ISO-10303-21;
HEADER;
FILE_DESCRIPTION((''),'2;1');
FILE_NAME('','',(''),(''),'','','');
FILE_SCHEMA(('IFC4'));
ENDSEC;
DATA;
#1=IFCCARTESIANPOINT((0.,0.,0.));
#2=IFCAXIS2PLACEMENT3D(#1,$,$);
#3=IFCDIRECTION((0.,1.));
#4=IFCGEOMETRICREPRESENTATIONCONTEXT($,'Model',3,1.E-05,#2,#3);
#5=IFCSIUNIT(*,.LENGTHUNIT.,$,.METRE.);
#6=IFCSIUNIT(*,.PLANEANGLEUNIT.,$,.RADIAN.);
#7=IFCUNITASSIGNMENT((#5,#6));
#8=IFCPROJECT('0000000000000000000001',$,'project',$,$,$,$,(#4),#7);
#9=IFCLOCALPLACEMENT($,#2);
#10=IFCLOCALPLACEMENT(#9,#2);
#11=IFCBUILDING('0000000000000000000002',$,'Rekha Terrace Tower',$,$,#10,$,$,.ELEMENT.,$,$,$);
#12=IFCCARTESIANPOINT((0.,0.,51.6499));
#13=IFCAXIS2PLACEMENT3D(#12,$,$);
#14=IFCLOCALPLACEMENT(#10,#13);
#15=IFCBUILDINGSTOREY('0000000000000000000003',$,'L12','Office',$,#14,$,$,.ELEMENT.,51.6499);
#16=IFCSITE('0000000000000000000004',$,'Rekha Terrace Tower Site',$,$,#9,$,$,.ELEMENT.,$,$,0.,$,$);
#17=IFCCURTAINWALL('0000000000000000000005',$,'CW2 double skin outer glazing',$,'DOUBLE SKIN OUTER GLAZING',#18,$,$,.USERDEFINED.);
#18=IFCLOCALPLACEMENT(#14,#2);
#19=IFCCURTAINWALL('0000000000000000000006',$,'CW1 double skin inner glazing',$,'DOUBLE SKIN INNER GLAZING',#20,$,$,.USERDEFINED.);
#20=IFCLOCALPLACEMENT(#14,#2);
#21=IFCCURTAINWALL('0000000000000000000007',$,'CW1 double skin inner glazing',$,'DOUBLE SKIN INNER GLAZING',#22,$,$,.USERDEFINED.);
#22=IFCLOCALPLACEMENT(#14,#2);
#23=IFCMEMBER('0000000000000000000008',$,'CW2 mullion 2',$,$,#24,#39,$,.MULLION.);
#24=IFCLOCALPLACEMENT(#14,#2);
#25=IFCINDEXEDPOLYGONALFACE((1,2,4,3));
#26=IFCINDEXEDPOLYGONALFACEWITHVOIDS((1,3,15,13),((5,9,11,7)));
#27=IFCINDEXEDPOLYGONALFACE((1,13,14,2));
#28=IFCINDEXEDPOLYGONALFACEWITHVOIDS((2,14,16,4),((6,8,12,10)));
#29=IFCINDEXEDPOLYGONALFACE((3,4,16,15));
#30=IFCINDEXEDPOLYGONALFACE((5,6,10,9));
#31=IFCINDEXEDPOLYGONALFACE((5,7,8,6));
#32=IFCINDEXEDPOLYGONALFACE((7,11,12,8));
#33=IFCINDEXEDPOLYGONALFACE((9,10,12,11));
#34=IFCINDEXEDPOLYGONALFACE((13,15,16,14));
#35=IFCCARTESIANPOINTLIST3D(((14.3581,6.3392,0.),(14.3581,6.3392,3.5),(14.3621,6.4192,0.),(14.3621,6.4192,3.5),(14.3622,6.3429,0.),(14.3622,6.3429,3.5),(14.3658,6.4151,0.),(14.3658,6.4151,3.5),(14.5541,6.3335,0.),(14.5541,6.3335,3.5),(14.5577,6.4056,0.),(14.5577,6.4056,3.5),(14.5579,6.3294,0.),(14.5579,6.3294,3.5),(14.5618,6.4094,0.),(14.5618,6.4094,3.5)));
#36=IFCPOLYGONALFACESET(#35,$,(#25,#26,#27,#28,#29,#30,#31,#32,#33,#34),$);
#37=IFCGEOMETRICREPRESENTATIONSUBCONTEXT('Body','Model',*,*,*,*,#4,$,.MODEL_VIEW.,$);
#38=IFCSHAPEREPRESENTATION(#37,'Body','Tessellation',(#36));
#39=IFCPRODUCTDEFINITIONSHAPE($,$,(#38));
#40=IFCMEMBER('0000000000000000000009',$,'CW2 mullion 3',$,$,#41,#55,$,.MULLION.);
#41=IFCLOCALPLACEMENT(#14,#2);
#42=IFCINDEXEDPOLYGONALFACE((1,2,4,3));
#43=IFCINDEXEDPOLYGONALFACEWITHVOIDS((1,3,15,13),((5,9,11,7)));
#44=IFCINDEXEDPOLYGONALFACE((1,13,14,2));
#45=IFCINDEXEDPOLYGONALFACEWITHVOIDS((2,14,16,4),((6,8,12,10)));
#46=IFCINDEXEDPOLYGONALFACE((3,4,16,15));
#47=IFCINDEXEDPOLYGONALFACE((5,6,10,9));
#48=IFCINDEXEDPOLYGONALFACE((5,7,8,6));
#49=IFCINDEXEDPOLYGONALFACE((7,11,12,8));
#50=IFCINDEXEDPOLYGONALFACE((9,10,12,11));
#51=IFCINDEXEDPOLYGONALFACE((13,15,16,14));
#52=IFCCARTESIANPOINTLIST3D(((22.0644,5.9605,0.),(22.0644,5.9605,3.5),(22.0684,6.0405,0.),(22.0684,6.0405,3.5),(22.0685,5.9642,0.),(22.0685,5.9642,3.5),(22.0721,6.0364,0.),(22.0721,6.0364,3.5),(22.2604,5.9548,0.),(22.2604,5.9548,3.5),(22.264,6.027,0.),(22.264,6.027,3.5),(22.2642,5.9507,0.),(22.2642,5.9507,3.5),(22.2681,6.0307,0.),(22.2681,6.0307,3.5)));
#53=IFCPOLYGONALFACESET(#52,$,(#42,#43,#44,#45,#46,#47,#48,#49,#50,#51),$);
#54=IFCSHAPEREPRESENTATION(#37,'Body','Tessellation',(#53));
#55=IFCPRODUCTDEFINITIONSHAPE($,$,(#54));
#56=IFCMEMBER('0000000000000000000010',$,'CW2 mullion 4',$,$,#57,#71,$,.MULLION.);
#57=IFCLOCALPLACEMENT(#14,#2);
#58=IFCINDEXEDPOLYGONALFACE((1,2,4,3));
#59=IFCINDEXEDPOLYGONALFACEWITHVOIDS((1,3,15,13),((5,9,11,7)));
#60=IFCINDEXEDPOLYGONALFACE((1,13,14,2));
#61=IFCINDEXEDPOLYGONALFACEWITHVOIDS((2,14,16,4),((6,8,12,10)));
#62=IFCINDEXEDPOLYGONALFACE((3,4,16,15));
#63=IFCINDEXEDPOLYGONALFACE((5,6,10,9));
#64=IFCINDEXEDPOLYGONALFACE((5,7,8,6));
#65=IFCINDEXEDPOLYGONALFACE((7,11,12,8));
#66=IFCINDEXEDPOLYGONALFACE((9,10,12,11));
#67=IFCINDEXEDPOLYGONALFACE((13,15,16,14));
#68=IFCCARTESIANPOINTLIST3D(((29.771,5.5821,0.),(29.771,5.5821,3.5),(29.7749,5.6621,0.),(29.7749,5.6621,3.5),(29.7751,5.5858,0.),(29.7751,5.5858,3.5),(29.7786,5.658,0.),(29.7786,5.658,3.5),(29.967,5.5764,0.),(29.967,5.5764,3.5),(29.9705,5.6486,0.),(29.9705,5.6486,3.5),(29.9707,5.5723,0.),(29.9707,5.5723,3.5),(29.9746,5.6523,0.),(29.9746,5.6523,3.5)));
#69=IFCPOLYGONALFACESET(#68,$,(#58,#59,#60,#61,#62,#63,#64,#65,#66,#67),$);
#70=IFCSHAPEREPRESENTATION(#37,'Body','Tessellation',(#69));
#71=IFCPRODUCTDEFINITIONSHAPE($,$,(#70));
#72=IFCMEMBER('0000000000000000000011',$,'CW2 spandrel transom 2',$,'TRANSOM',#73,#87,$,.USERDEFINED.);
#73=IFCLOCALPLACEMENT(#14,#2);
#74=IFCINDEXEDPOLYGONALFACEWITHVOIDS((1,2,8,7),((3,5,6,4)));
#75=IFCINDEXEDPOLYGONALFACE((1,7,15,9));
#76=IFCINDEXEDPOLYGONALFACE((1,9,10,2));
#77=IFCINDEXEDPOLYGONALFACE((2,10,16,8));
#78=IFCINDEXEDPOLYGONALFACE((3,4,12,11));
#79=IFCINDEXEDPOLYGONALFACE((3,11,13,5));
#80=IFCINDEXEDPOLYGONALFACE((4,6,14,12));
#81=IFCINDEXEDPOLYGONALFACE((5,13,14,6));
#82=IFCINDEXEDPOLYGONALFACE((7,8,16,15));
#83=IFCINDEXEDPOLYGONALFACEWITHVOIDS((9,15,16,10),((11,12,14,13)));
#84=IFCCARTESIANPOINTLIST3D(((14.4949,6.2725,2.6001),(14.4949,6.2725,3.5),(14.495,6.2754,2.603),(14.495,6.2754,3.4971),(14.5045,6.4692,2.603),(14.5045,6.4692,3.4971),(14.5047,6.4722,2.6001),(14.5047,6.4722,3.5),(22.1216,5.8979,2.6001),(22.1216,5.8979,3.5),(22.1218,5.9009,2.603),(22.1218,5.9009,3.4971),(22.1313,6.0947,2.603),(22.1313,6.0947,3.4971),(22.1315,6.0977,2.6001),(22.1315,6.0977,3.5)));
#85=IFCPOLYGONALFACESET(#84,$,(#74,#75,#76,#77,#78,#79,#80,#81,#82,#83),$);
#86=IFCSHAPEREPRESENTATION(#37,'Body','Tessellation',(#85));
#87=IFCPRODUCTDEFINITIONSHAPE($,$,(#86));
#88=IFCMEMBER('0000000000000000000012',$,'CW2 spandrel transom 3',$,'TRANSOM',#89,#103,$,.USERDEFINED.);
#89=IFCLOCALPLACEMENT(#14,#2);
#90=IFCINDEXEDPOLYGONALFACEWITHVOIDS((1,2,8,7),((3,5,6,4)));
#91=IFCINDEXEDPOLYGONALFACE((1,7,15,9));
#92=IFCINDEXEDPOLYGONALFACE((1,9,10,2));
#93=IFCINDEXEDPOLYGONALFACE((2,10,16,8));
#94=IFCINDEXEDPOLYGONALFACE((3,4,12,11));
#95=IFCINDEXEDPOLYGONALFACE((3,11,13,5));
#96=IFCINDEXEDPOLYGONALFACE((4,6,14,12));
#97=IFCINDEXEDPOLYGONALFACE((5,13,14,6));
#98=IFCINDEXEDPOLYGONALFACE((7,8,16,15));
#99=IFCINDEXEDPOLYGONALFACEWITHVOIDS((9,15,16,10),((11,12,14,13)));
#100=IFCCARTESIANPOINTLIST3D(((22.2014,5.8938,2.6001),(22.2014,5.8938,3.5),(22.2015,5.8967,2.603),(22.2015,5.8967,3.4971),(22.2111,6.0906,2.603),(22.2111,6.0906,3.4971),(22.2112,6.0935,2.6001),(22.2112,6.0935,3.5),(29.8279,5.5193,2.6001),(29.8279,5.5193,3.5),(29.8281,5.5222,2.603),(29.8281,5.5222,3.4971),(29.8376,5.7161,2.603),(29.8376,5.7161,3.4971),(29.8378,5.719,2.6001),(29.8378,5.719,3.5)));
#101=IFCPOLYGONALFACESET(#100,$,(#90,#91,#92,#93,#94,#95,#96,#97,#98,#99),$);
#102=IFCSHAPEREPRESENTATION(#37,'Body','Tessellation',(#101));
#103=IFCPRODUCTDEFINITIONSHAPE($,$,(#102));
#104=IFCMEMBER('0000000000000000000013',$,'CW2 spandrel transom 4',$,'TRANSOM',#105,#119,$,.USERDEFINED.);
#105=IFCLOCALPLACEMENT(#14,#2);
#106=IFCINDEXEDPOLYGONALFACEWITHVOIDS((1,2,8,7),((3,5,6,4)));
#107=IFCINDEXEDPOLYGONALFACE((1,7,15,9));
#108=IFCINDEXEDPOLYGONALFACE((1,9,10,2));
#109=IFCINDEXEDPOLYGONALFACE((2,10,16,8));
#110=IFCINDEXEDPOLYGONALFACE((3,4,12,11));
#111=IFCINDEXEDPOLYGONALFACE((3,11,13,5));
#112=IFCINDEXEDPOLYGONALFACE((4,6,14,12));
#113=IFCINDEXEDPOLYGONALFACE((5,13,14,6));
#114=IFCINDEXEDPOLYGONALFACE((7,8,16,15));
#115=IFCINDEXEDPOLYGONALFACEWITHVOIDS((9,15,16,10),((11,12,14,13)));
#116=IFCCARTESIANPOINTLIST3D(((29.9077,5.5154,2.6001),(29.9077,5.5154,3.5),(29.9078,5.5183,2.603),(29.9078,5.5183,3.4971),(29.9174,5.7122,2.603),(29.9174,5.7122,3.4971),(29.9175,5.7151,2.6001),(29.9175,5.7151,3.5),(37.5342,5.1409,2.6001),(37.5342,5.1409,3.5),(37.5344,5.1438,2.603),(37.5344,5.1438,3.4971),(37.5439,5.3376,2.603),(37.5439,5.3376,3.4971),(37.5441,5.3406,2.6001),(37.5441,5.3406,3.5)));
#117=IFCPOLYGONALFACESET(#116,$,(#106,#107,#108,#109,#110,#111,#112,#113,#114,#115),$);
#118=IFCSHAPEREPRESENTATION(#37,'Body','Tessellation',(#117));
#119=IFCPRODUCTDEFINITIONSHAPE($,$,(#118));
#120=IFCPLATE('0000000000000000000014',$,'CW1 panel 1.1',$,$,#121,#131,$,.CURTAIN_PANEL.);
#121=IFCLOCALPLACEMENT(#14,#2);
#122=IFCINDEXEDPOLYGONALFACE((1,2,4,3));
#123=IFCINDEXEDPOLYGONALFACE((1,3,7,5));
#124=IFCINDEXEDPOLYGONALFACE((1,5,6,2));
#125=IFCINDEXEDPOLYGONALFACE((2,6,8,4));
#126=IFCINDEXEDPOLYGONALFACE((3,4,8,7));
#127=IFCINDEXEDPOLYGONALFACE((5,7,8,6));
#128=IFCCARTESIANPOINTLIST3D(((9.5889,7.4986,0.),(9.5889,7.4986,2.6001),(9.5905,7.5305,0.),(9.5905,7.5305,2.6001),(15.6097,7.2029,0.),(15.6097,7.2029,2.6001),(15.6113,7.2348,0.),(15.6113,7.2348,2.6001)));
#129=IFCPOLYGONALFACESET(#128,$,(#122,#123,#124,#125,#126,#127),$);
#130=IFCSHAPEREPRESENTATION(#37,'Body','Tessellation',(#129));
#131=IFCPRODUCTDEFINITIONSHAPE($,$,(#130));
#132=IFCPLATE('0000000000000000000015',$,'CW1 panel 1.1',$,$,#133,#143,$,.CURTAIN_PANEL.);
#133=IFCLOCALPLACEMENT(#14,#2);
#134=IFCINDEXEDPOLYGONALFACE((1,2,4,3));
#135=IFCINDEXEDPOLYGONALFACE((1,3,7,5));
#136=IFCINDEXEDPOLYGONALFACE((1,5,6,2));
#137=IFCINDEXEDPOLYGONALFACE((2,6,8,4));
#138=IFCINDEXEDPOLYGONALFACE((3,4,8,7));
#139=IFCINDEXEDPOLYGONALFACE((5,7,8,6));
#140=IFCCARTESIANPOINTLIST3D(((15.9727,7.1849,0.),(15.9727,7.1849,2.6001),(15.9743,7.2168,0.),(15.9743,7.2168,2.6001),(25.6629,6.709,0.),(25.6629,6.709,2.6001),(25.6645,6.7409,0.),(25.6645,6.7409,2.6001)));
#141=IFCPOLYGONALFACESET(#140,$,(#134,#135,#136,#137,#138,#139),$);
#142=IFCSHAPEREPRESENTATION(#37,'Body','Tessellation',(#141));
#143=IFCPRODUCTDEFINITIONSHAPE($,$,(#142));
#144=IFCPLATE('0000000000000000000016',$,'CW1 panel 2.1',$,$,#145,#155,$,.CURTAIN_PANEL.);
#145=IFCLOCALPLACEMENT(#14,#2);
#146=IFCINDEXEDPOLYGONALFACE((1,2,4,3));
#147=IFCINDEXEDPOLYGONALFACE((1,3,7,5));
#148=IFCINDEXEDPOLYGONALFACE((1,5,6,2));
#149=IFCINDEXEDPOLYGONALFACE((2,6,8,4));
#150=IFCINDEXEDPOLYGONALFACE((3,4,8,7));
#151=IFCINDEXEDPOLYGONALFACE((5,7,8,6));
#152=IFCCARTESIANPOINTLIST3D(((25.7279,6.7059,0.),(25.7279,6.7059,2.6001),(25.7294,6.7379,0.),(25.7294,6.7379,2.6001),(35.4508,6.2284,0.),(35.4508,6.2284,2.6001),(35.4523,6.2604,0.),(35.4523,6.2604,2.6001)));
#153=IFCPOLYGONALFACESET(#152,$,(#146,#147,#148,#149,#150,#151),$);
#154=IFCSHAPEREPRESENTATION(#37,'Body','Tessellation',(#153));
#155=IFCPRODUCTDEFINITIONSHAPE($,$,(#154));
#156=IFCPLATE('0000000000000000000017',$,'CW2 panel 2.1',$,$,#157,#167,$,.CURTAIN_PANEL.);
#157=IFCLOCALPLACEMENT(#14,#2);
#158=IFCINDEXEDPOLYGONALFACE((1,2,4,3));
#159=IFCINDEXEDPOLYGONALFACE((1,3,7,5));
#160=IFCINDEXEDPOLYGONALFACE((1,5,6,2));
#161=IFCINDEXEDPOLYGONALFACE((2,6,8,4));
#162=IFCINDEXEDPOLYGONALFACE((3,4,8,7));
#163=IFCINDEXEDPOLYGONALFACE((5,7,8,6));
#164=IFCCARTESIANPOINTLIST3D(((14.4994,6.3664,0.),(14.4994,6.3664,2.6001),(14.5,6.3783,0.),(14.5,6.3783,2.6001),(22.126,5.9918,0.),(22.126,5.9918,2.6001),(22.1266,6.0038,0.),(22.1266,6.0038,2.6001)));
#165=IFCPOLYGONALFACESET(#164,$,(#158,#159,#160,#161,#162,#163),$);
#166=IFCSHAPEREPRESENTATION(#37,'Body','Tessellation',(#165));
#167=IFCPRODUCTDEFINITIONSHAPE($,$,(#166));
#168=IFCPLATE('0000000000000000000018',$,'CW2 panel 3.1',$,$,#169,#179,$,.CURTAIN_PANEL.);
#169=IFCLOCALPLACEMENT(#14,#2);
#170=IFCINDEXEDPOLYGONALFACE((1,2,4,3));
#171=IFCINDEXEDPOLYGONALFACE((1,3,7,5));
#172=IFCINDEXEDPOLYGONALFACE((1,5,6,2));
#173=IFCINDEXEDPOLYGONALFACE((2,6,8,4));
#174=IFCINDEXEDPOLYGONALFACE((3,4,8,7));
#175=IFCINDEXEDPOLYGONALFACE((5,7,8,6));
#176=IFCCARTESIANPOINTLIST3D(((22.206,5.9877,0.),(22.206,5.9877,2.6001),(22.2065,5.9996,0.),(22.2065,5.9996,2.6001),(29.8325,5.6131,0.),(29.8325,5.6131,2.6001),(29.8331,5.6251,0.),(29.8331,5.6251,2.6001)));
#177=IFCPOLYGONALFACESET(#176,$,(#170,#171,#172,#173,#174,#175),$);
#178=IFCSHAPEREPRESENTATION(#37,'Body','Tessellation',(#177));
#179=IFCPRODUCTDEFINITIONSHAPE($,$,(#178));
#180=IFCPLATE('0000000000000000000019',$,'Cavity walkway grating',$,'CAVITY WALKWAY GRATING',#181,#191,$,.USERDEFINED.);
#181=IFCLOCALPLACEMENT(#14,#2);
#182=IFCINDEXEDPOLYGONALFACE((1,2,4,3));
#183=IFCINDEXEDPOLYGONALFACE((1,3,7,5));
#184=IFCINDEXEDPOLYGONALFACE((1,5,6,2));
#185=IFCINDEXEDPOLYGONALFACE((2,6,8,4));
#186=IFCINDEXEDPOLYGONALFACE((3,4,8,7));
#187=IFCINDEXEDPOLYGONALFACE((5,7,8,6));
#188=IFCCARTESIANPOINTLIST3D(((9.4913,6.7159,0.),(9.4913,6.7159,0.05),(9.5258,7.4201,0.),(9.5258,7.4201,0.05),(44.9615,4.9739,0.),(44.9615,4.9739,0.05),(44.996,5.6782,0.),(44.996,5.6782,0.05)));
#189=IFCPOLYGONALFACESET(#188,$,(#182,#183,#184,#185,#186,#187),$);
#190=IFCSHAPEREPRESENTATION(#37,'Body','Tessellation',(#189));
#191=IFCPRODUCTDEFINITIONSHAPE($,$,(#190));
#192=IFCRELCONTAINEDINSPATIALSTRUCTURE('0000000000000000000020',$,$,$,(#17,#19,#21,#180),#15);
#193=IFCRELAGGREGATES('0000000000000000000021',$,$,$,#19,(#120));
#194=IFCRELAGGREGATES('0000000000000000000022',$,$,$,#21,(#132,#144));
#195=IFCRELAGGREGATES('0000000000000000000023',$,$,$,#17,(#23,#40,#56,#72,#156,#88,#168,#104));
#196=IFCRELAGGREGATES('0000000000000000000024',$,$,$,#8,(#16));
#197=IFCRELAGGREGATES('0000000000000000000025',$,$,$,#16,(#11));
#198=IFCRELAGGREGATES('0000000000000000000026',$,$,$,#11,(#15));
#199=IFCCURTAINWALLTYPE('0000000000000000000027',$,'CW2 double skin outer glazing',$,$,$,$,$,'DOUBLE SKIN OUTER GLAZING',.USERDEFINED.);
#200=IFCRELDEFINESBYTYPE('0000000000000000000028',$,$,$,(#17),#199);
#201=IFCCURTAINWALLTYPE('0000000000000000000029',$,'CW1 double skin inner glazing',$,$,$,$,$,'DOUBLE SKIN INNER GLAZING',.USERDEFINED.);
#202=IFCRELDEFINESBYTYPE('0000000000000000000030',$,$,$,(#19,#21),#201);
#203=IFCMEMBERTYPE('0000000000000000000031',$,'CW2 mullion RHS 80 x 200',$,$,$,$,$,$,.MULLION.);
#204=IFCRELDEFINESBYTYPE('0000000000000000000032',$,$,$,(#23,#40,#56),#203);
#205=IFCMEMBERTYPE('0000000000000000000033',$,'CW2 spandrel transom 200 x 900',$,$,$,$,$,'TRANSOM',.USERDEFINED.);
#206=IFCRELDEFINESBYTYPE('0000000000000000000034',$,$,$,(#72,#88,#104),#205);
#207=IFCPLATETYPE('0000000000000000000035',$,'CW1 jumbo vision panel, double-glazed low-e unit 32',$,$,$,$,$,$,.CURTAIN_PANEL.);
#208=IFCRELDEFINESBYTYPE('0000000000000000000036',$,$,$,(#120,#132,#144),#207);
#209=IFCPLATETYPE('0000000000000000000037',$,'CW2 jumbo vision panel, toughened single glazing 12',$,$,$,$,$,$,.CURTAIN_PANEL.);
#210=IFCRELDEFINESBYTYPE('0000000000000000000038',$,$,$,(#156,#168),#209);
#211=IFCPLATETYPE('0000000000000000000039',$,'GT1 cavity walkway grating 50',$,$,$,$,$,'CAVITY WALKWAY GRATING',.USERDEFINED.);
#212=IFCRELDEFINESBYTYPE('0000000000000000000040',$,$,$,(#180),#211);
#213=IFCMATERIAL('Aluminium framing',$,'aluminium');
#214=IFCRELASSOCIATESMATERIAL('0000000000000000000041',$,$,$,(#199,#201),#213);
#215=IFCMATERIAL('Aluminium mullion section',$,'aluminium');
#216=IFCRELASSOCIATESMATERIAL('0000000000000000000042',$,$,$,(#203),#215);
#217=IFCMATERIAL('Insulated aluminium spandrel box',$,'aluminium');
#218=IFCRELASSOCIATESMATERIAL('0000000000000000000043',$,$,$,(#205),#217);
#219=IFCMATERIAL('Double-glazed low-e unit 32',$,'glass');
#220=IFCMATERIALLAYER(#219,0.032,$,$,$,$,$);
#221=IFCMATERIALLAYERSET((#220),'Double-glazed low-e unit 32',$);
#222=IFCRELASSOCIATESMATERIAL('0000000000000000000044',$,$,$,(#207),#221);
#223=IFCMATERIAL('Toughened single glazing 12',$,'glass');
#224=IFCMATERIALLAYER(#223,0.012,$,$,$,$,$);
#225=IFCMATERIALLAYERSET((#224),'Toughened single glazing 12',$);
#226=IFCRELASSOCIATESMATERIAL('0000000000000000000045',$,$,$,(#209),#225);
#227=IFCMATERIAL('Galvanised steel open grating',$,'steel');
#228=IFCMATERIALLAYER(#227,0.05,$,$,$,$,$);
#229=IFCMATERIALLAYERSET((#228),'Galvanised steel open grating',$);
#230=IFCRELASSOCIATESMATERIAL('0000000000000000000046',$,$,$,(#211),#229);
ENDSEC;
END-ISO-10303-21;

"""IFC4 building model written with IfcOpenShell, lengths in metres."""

from ifc_helpers import new_model, si_unit, direction, frame, origin, origin_2d, place, context, subcontext, project, spatial, rectangle, hollow_rectangle, extrude, material, layer, layer_set, material_profile, profile_set, type_object, element, aggregate, save


model = new_model("IFC4")

# Units and contexts
model_context = context("Model", 3, precision=1e-05, world=origin(), true_north=direction((0.0, 1.0)))
body_context = subcontext(model_context, "Body", "Model", "MODEL_VIEW")
ifc_project = project(units=[si_unit("LENGTHUNIT", "METRE"), si_unit("PLANEANGLEUNIT", "RADIAN")], contexts=[model_context])

# Site, building, storey
site_placement = place(None, origin())
site = spatial("IfcSite", under=ifc_project, at=site_placement, Name="Rekha Terrace Tower Site", CompositionType="ELEMENT", RefElevation=0.0)
building_placement = place(site_placement, origin())
building = spatial("IfcBuilding", under=site, at=building_placement, Name="Rekha Terrace Tower", CompositionType="ELEMENT")
storey_placement = place(building_placement, frame((0.0, 0.0, 51.6499)))
storey = spatial("IfcBuildingStorey", under=building, at=storey_placement, Name="L12", Description="Office", CompositionType="ELEMENT", Elevation=51.6499)

# Curtain wall
ifc_material_1 = material(Name="Aluminium framing", Category="aluminium")
curtain_wall_type_1 = type_object("IfcCurtainWallType", Name="CW2 double skin outer glazing", ElementType="DOUBLE SKIN OUTER GLAZING", PredefinedType="USERDEFINED", material=ifc_material_1)
curtain_wall_1_placement = place(storey_placement, origin())
curtain_wall_1 = element("IfcCurtainWall", 1, at=curtain_wall_1_placement, inside=storey, type_object=curtain_wall_type_1, Name="CW2 double skin outer glazing", ObjectType="DOUBLE SKIN OUTER GLAZING", PredefinedType="USERDEFINED")

# Curtain wall
curtain_wall_type_2 = type_object("IfcCurtainWallType", Name="CW1 double skin inner glazing", ElementType="DOUBLE SKIN INNER GLAZING", PredefinedType="USERDEFINED", material=ifc_material_1)
curtain_wall_2_placement = place(storey_placement, origin())
curtain_wall_2 = element("IfcCurtainWall", 2, at=curtain_wall_2_placement, inside=storey, type_object=curtain_wall_type_2, Name="CW1 double skin inner glazing", ObjectType="DOUBLE SKIN INNER GLAZING", PredefinedType="USERDEFINED")
ifc_material_2 = material(Name="Aluminium mullion section", Category="aluminium")

# Curtain wall
curtain_wall_3_placement = place(storey_placement, origin())
curtain_wall_3 = element("IfcCurtainWall", 3, at=curtain_wall_3_placement, inside=storey, type_object=curtain_wall_type_2, Name="CW1 double skin inner glazing", ObjectType="DOUBLE SKIN INNER GLAZING", PredefinedType="USERDEFINED")
ifc_material_3 = material(Name="Insulated aluminium spandrel box", Category="aluminium")

# Members
ifc_material_profile_1 = material_profile(ifc_material_2, hollow_rectangle(XDim=0.0801, YDim=0.2, WallThickness=0.0039, at=origin_2d()), Name="AL RHS 80x200")
ifc_profile_set_1 = profile_set([ifc_material_profile_1], Name="Aluminium mullion section")
member_type_1 = type_object("IfcMemberType", Name="CW2 mullion RHS 80 x 200", PredefinedType="MULLION", material=ifc_profile_set_1)
member_1_placement = place(storey_placement, frame((14.46, 6.3743, 0.0), z_axis=(0.0, 0.0, 1.0), x_axis=(0.049052, 0.998796, 0.0)))
member_1 = element("IfcMember", 4, at=member_1_placement, type_object=member_type_1, Name="CW2 mullion 2", PredefinedType="MULLION", context=body_context, shape_type="SweptSolid", body=[
    extrude(hollow_rectangle(XDim=0.0801, YDim=0.2, WallThickness=0.0039, at=origin_2d()), origin(), (0.0, 0.0, 1.0), 3.5),
])
member_2_placement = place(storey_placement, frame((22.1663, 5.9956, 0.0), z_axis=(0.0, 0.0, 1.0), x_axis=(0.049052, 0.998796, 0.0)))
member_2 = element("IfcMember", 5, at=member_2_placement, type_object=member_type_1, Name="CW2 mullion 3", PredefinedType="MULLION", context=body_context, shape_type="SweptSolid", body=[
    extrude(hollow_rectangle(XDim=0.0801, YDim=0.2, WallThickness=0.0039, at=origin_2d()), origin(), (0.0, 0.0, 1.0), 3.5),
])
member_3_placement = place(storey_placement, frame((29.8728, 5.6172, 0.0), z_axis=(0.0, 0.0, 1.0), x_axis=(0.049052, 0.998796, 0.0)))
member_3 = element("IfcMember", 6, at=member_3_placement, type_object=member_type_1, Name="CW2 mullion 4", PredefinedType="MULLION", context=body_context, shape_type="SweptSolid", body=[
    extrude(hollow_rectangle(XDim=0.0801, YDim=0.2, WallThickness=0.0039, at=origin_2d()), origin(), (0.0, 0.0, 1.0), 3.5),
])
ifc_material_profile_2 = material_profile(ifc_material_3, hollow_rectangle(XDim=0.2, YDim=0.8999, WallThickness=0.0029, at=origin_2d()), Name="AL SPANDREL BOX 200x900")
ifc_profile_set_2 = profile_set([ifc_material_profile_2], Name="Insulated aluminium spandrel box")
member_type_2 = type_object("IfcMemberType", Name="CW2 spandrel transom 200 x 900", ElementType="TRANSOM", PredefinedType="USERDEFINED", material=ifc_profile_set_2)
member_4_placement = place(storey_placement, frame((14.4998, 6.3723, 3.05), z_axis=(0.998797, -0.049046, 0.0), x_axis=(0.049046, 0.998797, 0.0)))
member_4 = element("IfcMember", 7, at=member_4_placement, type_object=member_type_2, Name="CW2 spandrel transom 2", ObjectType="TRANSOM", PredefinedType="USERDEFINED", context=body_context, shape_type="SweptSolid", body=[
    extrude(hollow_rectangle(XDim=0.2, YDim=0.8999, WallThickness=0.0029, at=origin_2d()), origin(), (0.0, 0.0, 1.0), 7.636),
])
member_5_placement = place(storey_placement, frame((22.2063, 5.9937, 3.05), z_axis=(0.998796, -0.049048, 0.0), x_axis=(0.049048, 0.998796, 0.0)))
member_5 = element("IfcMember", 8, at=member_5_placement, type_object=member_type_2, Name="CW2 spandrel transom 3", ObjectType="TRANSOM", PredefinedType="USERDEFINED", context=body_context, shape_type="SweptSolid", body=[
    extrude(hollow_rectangle(XDim=0.2, YDim=0.8999, WallThickness=0.0029, at=origin_2d()), origin(), (0.0, 0.0, 1.0), 7.6357),
])
member_6_placement = place(storey_placement, frame((29.9126, 5.6152, 3.05), z_axis=(0.998796, -0.049048, 0.0), x_axis=(0.049048, 0.998796, 0.0)))
member_6 = element("IfcMember", 9, at=member_6_placement, type_object=member_type_2, Name="CW2 spandrel transom 4", ObjectType="TRANSOM", PredefinedType="USERDEFINED", context=body_context, shape_type="SweptSolid", body=[
    extrude(hollow_rectangle(XDim=0.2, YDim=0.8999, WallThickness=0.0029, at=origin_2d()), origin(), (0.0, 0.0, 1.0), 7.6357),
])

# Plates
ifc_material_4 = material(Name="Double-glazed low-e unit 32", Category="glass")
ifc_layer_1 = layer(ifc_material_4, 0.032)
ifc_layer_set_1 = layer_set([ifc_layer_1], Name="Double-glazed low-e unit 32")
plate_type_1 = type_object("IfcPlateType", Name="CW1 jumbo vision panel, double-glazed low-e unit 32", PredefinedType="CURTAIN_PANEL", material=ifc_layer_set_1)
plate_1_placement = place(storey_placement, frame((12.6001, 7.3667, 0.0), z_axis=(0.0, 0.0, 1.0), x_axis=(0.998796, -0.049052, 0.0)))
plate_1 = element("IfcPlate", 10, at=plate_1_placement, type_object=plate_type_1, Name="CW1 panel 1.1", PredefinedType="CURTAIN_PANEL", context=body_context, shape_type="SweptSolid", body=[
    extrude(rectangle(XDim=6.0281, YDim=0.032, at=origin_2d()), origin(), (0.0, 0.0, 1.0), 2.6001),
])
aggregate(curtain_wall_2, [plate_1])
plate_2_placement = place(storey_placement, frame((20.8186, 6.9629, 0.0), z_axis=(0.0, 0.0, 1.0), x_axis=(0.998796, -0.049052, 0.0)))
plate_2 = element("IfcPlate", 11, at=plate_2_placement, type_object=plate_type_1, Name="CW1 panel 1.1", PredefinedType="CURTAIN_PANEL", context=body_context, shape_type="SweptSolid", body=[
    extrude(rectangle(XDim=9.7019, YDim=0.032, at=origin_2d()), origin(), (0.0, 0.0, 1.0), 2.6001),
])
plate_3_placement = place(storey_placement, frame((30.5901, 6.4832, 0.0), z_axis=(0.0, 0.0, 1.0), x_axis=(0.998796, -0.049052, 0.0)))
plate_3 = element("IfcPlate", 12, at=plate_3_placement, type_object=plate_type_1, Name="CW1 panel 2.1", PredefinedType="CURTAIN_PANEL", context=body_context, shape_type="SweptSolid", body=[
    extrude(rectangle(XDim=9.7346, YDim=0.032, at=origin_2d()), origin(), (0.0, 0.0, 1.0), 2.6001),
])
aggregate(curtain_wall_3, [plate_2, plate_3])
ifc_material_5 = material(Name="Toughened single glazing 12", Category="glass")
ifc_layer_2 = layer(ifc_material_5, 0.012)
ifc_layer_set_2 = layer_set([ifc_layer_2], Name="Toughened single glazing 12")
plate_type_2 = type_object("IfcPlateType", Name="CW2 jumbo vision panel, toughened single glazing 12", PredefinedType="CURTAIN_PANEL", material=ifc_layer_set_2)
plate_4_placement = place(storey_placement, frame((18.313, 6.1851, 0.0), z_axis=(0.0, 0.0, 1.0), x_axis=(0.998796, -0.049052, 0.0)))
plate_4 = element("IfcPlate", 13, at=plate_4_placement, type_object=plate_type_2, Name="CW2 panel 2.1", PredefinedType="CURTAIN_PANEL", context=body_context, shape_type="SweptSolid", body=[
    extrude(rectangle(XDim=7.6357, YDim=0.012, at=origin_2d()), origin(), (0.0, 0.0, 1.0), 2.6001),
])
plate_5_placement = place(storey_placement, frame((26.0195, 5.8064, 0.0), z_axis=(0.0, 0.0, 1.0), x_axis=(0.998796, -0.049052, 0.0)))
plate_5 = element("IfcPlate", 14, at=plate_5_placement, type_object=plate_type_2, Name="CW2 panel 3.1", PredefinedType="CURTAIN_PANEL", context=body_context, shape_type="SweptSolid", body=[
    extrude(rectangle(XDim=7.6357, YDim=0.012, at=origin_2d()), origin(), (0.0, 0.0, 1.0), 2.6001),
])
aggregate(curtain_wall_1, [member_1, member_2, member_3, member_4, plate_4, member_5, plate_5, member_6])
ifc_material_6 = material(Name="Galvanised steel open grating", Category="steel")
ifc_layer_3 = layer(ifc_material_6, 0.05)
ifc_layer_set_3 = layer_set([ifc_layer_3], Name="Galvanised steel open grating")
plate_type_3 = type_object("IfcPlateType", Name="GT1 cavity walkway grating 50", ElementType="CAVITY WALKWAY GRATING", PredefinedType="USERDEFINED", material=ifc_layer_set_3)
plate_6_placement = place(storey_placement, frame((27.2437, 6.197, 0.0), z_axis=(0.0, 0.0, 1.0), x_axis=(0.998796, -0.049052, 0.0)))
element("IfcPlate", 15, at=plate_6_placement, inside=storey, type_object=plate_type_3, Name="Cavity walkway grating", ObjectType="CAVITY WALKWAY GRATING", PredefinedType="USERDEFINED", context=body_context, shape_type="SweptSolid", body=[
    extrude(rectangle(XDim=35.5129, YDim=0.7051, at=origin_2d()), origin(), (0.0, 0.0, 1.0), 0.05),
])

save(model, "model.ifc")
